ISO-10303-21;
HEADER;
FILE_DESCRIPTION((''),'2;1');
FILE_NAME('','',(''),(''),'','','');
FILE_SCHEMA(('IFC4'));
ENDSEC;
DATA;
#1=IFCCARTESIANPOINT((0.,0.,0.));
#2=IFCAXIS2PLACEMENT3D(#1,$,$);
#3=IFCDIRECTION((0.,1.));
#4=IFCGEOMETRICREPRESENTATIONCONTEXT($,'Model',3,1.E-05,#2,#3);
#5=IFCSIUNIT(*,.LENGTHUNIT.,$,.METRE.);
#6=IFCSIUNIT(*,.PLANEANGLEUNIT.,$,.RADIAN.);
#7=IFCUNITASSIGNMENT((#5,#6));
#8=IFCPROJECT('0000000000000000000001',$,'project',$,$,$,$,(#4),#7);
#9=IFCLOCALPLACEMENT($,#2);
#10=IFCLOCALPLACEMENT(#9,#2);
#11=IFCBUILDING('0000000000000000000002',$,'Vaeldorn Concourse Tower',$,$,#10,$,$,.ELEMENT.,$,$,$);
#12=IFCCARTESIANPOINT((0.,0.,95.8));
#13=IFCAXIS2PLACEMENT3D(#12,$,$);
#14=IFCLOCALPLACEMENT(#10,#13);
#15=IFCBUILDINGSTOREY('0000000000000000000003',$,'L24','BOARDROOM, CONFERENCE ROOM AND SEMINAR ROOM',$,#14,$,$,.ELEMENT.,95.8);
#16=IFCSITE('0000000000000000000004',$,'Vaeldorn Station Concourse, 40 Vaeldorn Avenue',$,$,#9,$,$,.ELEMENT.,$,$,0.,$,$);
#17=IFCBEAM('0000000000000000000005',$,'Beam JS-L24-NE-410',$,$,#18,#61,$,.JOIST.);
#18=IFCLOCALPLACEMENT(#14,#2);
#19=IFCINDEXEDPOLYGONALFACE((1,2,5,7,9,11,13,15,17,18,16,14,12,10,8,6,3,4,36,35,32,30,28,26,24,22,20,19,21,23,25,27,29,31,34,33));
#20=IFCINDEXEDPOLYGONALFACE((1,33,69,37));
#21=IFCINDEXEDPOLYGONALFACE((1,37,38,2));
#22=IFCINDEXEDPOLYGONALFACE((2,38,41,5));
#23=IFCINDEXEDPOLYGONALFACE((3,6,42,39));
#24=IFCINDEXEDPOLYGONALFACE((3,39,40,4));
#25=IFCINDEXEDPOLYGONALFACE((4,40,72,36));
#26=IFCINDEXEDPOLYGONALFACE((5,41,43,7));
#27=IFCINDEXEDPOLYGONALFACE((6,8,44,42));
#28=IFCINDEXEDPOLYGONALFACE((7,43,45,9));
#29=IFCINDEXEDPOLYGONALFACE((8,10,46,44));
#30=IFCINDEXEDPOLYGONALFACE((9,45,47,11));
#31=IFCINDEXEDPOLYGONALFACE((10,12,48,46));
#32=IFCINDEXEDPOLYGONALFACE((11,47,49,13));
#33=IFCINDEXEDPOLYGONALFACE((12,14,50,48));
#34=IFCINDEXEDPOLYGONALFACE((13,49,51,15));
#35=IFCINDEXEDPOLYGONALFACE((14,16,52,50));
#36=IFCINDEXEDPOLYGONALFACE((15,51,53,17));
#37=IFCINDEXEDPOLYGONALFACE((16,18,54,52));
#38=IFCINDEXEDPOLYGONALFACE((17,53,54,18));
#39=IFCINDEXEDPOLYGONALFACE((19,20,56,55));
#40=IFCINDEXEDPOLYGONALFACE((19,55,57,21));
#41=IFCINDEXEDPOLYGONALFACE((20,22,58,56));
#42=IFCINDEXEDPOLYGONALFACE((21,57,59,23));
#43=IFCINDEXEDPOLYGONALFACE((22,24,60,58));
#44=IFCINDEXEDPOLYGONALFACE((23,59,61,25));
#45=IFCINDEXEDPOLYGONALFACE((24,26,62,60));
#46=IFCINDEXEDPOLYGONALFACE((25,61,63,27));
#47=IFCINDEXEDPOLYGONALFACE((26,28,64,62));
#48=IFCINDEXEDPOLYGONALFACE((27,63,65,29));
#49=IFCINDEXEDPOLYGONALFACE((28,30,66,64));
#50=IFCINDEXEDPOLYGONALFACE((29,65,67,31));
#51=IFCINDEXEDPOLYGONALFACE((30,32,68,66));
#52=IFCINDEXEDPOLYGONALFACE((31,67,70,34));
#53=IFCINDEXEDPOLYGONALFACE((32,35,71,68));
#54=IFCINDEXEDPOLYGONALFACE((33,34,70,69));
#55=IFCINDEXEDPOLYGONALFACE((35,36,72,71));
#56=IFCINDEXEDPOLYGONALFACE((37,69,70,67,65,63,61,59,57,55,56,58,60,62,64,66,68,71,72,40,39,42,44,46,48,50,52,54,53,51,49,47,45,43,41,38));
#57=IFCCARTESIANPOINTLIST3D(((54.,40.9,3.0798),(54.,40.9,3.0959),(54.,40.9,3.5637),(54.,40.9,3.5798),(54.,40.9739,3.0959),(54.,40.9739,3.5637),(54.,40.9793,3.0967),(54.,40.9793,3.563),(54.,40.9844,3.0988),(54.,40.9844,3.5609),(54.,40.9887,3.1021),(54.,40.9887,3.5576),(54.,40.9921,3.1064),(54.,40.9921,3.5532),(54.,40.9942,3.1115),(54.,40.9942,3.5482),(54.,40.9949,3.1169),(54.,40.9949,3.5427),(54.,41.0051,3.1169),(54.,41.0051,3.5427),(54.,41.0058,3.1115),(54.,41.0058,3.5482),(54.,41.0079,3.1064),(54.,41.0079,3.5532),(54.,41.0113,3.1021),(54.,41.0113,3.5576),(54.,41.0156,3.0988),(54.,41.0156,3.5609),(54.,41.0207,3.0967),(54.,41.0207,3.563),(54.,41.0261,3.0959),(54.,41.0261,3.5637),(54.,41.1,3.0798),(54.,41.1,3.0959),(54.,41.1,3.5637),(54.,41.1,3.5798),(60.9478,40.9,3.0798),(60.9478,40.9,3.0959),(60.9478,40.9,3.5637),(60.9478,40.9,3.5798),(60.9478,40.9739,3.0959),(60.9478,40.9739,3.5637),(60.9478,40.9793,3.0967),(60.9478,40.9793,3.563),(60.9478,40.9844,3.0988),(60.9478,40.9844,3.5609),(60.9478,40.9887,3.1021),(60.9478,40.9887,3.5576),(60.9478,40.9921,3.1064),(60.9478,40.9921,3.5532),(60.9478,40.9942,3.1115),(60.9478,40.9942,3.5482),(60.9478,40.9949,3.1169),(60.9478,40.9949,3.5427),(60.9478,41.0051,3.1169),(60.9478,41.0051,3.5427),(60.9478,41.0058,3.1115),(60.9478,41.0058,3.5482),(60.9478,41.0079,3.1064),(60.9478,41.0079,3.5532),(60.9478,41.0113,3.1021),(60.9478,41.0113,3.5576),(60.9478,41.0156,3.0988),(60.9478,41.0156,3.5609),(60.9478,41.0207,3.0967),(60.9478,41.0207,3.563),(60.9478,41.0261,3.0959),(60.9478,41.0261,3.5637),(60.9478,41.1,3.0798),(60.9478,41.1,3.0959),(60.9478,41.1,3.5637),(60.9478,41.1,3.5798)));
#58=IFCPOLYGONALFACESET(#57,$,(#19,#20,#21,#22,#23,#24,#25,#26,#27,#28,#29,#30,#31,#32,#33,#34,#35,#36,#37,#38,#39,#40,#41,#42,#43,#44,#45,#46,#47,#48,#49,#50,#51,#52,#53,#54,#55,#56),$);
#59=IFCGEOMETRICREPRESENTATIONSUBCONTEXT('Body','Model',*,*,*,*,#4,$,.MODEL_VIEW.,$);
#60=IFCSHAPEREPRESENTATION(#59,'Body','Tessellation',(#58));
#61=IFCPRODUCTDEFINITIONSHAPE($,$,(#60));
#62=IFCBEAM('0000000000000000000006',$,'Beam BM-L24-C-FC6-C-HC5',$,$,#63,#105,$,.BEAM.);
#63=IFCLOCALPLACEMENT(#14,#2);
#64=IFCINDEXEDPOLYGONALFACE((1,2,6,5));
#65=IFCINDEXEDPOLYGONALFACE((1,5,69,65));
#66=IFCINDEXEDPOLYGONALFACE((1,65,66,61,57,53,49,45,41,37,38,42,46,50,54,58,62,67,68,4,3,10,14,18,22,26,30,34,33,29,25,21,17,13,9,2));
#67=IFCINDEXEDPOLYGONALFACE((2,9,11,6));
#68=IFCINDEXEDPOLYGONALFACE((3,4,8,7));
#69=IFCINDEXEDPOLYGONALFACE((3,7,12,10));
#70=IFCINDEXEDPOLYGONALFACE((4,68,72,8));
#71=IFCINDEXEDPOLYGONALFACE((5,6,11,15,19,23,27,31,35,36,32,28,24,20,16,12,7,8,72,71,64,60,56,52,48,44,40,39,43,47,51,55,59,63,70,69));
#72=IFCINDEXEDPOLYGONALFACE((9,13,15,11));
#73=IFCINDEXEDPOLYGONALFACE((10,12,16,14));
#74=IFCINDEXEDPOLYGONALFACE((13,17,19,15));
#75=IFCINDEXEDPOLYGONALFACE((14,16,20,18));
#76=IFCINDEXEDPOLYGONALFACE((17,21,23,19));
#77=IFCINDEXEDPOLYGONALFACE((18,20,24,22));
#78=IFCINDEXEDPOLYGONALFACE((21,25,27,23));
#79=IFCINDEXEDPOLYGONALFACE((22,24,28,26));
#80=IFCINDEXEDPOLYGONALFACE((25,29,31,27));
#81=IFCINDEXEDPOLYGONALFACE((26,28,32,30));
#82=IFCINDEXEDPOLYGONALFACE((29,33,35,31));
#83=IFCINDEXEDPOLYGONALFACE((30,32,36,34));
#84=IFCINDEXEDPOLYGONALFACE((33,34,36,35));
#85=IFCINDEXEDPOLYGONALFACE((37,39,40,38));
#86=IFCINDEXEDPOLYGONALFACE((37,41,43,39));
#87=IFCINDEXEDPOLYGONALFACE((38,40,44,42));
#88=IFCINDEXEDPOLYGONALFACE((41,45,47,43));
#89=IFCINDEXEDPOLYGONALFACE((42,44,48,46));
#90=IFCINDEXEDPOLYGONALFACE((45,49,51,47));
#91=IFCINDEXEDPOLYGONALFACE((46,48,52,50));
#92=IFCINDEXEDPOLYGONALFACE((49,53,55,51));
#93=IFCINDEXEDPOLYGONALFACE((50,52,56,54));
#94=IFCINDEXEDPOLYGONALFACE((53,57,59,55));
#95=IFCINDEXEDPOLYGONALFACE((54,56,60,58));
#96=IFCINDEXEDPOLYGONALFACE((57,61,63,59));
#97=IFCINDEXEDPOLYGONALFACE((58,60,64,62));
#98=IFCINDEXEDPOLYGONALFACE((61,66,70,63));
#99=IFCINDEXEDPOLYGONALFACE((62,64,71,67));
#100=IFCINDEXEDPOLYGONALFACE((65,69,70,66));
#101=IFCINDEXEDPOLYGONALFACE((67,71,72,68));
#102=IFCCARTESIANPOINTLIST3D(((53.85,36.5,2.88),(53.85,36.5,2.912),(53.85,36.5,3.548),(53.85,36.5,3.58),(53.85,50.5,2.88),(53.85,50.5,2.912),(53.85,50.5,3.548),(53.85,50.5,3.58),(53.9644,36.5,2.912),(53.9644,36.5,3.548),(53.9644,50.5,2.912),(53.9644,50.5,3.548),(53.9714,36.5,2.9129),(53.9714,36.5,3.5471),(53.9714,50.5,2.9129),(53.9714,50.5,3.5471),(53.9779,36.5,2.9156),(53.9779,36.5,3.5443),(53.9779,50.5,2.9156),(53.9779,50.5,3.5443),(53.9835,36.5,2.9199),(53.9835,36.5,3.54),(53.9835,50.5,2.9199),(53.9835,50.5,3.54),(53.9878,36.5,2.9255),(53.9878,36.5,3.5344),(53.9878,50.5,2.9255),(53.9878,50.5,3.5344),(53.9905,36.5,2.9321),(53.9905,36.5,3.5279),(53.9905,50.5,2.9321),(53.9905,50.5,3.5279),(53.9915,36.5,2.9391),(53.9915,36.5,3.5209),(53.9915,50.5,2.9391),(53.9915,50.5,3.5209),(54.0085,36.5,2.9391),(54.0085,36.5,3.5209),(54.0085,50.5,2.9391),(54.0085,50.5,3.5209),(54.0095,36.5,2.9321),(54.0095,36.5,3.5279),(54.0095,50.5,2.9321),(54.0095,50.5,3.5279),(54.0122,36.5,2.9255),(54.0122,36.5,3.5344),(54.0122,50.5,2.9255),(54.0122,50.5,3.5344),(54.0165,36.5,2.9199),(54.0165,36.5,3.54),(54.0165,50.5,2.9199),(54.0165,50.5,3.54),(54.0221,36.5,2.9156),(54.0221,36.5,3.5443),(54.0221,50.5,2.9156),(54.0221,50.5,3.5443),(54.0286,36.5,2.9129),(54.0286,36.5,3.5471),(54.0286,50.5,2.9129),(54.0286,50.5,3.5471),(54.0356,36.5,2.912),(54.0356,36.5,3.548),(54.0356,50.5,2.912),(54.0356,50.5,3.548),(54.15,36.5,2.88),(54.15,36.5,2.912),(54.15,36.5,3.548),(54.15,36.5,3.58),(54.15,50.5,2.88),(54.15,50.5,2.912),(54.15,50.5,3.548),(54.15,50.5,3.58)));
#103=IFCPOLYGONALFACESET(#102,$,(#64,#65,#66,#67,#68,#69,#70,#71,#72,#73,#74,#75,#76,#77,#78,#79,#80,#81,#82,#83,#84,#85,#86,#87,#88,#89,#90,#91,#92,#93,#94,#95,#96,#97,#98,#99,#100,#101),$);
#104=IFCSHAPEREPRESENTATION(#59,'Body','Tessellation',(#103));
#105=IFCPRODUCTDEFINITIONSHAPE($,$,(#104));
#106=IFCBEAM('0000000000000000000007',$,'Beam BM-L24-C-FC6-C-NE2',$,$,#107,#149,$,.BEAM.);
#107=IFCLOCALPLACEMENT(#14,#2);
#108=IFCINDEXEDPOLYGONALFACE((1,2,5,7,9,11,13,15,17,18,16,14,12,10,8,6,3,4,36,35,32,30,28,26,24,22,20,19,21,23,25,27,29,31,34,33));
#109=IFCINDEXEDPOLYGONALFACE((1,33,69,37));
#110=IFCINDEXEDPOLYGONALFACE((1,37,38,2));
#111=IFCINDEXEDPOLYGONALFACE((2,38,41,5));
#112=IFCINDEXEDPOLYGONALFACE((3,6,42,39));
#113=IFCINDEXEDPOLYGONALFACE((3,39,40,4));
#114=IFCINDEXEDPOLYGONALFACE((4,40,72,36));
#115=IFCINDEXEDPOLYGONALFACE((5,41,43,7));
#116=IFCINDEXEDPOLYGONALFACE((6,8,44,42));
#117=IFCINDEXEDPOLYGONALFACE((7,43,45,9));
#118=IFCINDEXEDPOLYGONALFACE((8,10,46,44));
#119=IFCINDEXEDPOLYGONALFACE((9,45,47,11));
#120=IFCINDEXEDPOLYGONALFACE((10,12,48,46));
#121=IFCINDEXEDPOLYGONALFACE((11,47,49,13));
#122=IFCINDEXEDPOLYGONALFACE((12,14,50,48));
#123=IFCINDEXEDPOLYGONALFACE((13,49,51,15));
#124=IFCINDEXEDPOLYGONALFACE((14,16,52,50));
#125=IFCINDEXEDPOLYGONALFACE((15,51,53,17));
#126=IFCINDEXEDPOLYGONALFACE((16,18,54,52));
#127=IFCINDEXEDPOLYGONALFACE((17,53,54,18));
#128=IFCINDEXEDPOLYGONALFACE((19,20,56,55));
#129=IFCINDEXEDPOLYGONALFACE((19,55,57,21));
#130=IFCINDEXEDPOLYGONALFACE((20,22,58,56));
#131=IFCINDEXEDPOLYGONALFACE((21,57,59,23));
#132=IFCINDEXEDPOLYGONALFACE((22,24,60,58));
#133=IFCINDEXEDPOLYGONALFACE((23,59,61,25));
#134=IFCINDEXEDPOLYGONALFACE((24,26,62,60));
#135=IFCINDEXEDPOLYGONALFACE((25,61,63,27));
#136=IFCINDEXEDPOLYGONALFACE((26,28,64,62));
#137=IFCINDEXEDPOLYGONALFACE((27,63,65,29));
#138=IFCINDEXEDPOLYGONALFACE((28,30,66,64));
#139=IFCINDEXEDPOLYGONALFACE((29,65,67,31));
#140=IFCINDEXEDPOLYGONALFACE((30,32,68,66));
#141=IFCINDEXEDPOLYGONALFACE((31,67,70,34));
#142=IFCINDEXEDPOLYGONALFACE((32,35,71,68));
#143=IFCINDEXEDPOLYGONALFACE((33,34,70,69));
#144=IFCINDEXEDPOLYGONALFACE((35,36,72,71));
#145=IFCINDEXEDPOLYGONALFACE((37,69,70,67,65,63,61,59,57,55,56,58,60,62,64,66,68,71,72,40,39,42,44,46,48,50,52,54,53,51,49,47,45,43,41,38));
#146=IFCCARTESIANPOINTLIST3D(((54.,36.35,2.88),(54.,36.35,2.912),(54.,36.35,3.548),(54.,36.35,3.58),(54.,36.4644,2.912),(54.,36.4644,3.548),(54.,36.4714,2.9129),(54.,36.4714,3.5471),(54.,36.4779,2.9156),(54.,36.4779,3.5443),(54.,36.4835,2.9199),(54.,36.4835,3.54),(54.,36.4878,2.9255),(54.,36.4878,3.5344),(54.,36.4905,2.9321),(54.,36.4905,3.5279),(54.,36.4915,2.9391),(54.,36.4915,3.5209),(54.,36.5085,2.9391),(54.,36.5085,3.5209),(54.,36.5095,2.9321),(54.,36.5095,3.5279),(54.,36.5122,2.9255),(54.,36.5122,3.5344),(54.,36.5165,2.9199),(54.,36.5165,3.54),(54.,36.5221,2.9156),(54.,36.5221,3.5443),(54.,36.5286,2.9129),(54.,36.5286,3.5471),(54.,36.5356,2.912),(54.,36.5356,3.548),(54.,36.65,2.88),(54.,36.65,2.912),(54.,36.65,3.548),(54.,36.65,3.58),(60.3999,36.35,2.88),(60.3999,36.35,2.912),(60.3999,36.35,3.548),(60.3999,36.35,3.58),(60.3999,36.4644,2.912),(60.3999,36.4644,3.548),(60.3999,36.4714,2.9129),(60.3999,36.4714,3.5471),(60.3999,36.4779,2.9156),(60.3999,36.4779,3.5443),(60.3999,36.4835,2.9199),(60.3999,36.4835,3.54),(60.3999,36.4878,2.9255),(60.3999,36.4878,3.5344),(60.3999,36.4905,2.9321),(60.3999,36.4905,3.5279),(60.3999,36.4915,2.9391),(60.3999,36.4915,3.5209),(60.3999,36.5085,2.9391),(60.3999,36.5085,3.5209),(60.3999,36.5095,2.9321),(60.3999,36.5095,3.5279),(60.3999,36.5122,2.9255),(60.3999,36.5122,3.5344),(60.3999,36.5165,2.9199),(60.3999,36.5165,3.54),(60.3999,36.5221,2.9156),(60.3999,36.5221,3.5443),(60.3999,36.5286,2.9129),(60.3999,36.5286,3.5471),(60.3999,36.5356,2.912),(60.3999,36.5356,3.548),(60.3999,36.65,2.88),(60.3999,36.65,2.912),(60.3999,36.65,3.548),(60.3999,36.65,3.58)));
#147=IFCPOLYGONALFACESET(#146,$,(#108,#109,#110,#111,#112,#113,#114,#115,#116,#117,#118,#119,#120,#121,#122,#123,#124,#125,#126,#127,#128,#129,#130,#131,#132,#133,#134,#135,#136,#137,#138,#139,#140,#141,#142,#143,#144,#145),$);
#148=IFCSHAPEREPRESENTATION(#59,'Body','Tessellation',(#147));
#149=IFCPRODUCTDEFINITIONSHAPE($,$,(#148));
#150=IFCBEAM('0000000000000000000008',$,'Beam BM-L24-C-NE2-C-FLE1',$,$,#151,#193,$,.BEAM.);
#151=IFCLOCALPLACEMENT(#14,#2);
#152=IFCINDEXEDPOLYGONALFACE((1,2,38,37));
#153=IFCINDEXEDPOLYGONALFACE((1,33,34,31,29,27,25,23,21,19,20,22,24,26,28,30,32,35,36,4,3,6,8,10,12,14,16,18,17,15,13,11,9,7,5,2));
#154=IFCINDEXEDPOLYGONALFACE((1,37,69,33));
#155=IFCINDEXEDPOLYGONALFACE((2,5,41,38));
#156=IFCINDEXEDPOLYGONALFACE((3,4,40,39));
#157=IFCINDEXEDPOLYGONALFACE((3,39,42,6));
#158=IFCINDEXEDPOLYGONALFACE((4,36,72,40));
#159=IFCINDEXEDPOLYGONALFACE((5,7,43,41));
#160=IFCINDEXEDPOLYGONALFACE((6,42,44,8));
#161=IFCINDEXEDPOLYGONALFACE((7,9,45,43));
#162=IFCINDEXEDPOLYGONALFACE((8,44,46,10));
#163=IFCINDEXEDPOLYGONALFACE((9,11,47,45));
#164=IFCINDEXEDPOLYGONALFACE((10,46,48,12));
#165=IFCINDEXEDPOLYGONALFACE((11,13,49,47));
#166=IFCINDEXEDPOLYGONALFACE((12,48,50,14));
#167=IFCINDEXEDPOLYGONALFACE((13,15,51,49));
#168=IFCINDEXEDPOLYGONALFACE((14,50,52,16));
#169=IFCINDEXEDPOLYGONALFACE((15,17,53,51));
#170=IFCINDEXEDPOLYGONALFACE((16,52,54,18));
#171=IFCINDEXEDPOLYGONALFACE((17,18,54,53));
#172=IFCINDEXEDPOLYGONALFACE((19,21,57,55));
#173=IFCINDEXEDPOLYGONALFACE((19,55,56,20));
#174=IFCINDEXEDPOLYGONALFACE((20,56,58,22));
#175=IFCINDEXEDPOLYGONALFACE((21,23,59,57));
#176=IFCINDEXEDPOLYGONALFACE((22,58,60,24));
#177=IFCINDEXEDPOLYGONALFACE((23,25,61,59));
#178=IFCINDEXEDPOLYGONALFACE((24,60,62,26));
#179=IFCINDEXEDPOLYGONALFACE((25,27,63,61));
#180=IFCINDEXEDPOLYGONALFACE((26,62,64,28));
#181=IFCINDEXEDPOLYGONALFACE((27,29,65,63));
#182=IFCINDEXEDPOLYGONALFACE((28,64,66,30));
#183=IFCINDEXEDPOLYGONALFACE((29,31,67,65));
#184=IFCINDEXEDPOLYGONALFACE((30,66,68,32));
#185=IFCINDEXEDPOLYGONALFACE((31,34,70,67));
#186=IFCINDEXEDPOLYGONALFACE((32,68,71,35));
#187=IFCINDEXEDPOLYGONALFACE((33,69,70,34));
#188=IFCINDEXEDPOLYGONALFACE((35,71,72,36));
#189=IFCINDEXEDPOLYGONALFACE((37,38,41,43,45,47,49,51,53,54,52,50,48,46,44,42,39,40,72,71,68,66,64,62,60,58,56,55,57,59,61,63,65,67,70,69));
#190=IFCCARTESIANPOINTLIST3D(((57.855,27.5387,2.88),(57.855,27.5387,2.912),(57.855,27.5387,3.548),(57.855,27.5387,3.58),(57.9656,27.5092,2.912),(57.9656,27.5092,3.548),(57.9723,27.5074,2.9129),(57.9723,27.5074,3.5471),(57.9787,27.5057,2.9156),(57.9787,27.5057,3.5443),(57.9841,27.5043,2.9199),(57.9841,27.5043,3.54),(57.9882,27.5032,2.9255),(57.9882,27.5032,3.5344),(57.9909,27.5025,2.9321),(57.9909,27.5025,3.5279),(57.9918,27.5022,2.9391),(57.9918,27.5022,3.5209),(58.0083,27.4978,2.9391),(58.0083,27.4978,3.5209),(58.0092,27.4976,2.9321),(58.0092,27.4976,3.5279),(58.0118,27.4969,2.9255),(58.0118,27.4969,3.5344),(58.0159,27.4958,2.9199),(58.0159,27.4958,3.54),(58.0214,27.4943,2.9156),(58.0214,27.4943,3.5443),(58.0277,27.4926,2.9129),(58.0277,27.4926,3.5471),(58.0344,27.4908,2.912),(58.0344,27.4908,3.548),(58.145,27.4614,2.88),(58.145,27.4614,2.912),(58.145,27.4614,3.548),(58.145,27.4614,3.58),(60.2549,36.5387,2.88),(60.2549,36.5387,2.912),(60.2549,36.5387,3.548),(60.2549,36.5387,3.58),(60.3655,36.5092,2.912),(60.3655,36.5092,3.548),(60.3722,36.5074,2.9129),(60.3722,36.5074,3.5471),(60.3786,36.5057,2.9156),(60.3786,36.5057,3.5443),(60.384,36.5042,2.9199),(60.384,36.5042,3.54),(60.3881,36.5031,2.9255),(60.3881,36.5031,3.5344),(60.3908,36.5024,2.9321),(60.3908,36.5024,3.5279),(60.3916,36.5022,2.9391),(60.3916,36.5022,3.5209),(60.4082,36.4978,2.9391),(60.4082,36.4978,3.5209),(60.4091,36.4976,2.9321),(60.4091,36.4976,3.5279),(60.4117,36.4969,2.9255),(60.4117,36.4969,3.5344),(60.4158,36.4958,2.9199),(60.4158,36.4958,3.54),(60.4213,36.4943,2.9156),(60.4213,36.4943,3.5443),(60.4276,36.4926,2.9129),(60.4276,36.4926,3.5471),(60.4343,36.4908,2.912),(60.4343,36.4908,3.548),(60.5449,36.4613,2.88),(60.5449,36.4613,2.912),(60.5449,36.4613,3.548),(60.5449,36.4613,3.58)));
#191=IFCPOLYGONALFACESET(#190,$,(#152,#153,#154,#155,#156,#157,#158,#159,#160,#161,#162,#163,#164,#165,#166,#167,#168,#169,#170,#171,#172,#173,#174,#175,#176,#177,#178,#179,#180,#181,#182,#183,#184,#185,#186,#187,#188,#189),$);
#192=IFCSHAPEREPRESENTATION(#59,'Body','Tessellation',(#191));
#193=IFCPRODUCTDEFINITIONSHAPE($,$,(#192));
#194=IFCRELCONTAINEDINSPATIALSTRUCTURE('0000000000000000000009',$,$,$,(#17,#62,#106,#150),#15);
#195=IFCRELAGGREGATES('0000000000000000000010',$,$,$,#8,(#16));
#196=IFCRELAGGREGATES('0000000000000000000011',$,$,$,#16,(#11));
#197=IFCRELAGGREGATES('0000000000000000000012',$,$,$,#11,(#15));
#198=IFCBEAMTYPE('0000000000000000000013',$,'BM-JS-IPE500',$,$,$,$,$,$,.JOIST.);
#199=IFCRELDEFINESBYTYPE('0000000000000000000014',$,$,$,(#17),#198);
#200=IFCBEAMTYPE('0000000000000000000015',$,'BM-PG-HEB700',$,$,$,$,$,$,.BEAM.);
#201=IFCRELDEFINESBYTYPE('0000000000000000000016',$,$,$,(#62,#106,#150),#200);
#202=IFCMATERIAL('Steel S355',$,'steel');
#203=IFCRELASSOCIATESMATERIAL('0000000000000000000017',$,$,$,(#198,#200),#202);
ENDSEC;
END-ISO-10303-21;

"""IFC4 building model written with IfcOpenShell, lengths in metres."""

from ifc_helpers import new_model, si_unit, direction, frame, origin, origin_2d, place, context, subcontext, project, spatial, i_section, extrude, source, transform, mapped, material, material_profile, profile_set, type_object, element, save


model = new_model("IFC4")

# Units and contexts
model_context = context("Model", 3, precision=1e-05, world=origin(), true_north=direction((0.0, 1.0)))
body_context = subcontext(model_context, "Body", "Model", "MODEL_VIEW")
ifc_project = project(units=[si_unit("LENGTHUNIT", "METRE"), si_unit("PLANEANGLEUNIT", "RADIAN")], contexts=[model_context])

# Site, building, storey
site_placement = place(None, origin())
site = spatial("IfcSite", under=ifc_project, at=site_placement, Name="Vaeldorn Station Concourse, 40 Vaeldorn Avenue", CompositionType="ELEMENT", RefElevation=0.0)
building_placement = place(site_placement, origin())
building = spatial("IfcBuilding", under=site, at=building_placement, Name="Vaeldorn Concourse Tower", CompositionType="ELEMENT")
storey_placement = place(building_placement, frame((0.0, 0.0, 95.8)))
storey = spatial("IfcBuildingStorey", under=building, at=storey_placement, Name="L24", Description="BOARDROOM, CONFERENCE ROOM AND SEMINAR ROOM", CompositionType="ELEMENT", Elevation=95.8)

# Beams
ifc_material_1 = material(Name="Steel S355", Category="steel")
ifc_material_profile_1 = material_profile(ifc_material_1, i_section(OverallWidth=0.2, OverallDepth=0.5, WebThickness=0.0103, FlangeThickness=0.0161, FilletRadius=0.021, at=origin_2d()), Name="IPE 500")
ifc_profile_set_1 = profile_set([ifc_material_profile_1], Name="Steel S355")
beam_type_1 = type_object("IfcBeamType", Name="BM-JS-IPE500", PredefinedType="JOIST", material=ifc_profile_set_1)
shared_shape_1 = source(origin(), body_context, "Body", "SweptSolid", [
    extrude(i_section(OverallWidth=0.2, OverallDepth=0.5, WebThickness=0.0103, FlangeThickness=0.0161, FilletRadius=0.021, at=origin_2d()), origin(), (0.0, 0.0, 1.0), 6.9478),
])
beam_1_placement = place(storey_placement, frame((54.0, 41.0, 3.3298), z_axis=(1.0, 0.0, 0.0), x_axis=(0.0, 1.0, 0.0)))
element("IfcBeam", 1, at=beam_1_placement, inside=storey, type_object=beam_type_1, Name="Beam JS-L24-NE-410", PredefinedType="JOIST", context=body_context, shape_type="MappedRepresentation", body=[
    mapped(shared_shape_1, transform((0.0, 0.0, 0.0), scale=1.0)),
])
ifc_material_profile_2 = material_profile(ifc_material_1, i_section(OverallWidth=0.3, OverallDepth=0.7, WebThickness=0.0171, FlangeThickness=0.032, FilletRadius=0.0271, at=origin_2d()), Name="HEB 700")
ifc_profile_set_2 = profile_set([ifc_material_profile_2], Name="Steel S355")
beam_type_2 = type_object("IfcBeamType", Name="BM-PG-HEB700", PredefinedType="BEAM", material=ifc_profile_set_2)
shared_shape_2 = source(origin(), body_context, "Body", "SweptSolid", [
    extrude(i_section(OverallWidth=0.3, OverallDepth=0.7, WebThickness=0.0171, FlangeThickness=0.032, FilletRadius=0.0271, at=origin_2d()), origin(), (0.0, 0.0, 1.0), 14.0),
])
beam_2_placement = place(storey_placement, frame((54.0, 36.5, 3.23), z_axis=(0.0, 1.0, 0.0), x_axis=(-1.0, 0.0, 0.0)))
element("IfcBeam", 2, at=beam_2_placement, inside=storey, type_object=beam_type_2, Name="Beam BM-L24-C-FC6-C-HC5", PredefinedType="BEAM", context=body_context, shape_type="MappedRepresentation", body=[
    mapped(shared_shape_2, transform((0.0, 0.0, 0.0), scale=1.0)),
])
shared_shape_3 = source(origin(), body_context, "Body", "SweptSolid", [
    extrude(i_section(OverallWidth=0.3, OverallDepth=0.7, WebThickness=0.0171, FlangeThickness=0.032, FilletRadius=0.0271, at=origin_2d()), origin(), (0.0, 0.0, 1.0), 6.3999),
])
beam_3_placement = place(storey_placement, frame((54.0, 36.5, 3.23), z_axis=(1.0, 0.0, 0.0), x_axis=(0.0, 1.0, 0.0)))
element("IfcBeam", 3, at=beam_3_placement, inside=storey, type_object=beam_type_2, Name="Beam BM-L24-C-FC6-C-NE2", PredefinedType="BEAM", context=body_context, shape_type="MappedRepresentation", body=[
    mapped(shared_shape_3, transform((0.0, 0.0, 0.0), scale=1.0)),
])
shared_shape_4 = source(origin(), body_context, "Body", "SweptSolid", [
    extrude(i_section(OverallWidth=0.3, OverallDepth=0.7, WebThickness=0.0171, FlangeThickness=0.032, FilletRadius=0.0271, at=origin_2d()), origin(), (0.0, 0.0, 1.0), 9.3145),
])
beam_4_placement = place(storey_placement, frame((60.3999, 36.5, 3.23), z_axis=(-0.257653, -0.966238, 0.0), x_axis=(0.966238, -0.257653, 0.0)))
element("IfcBeam", 4, at=beam_4_placement, inside=storey, type_object=beam_type_2, Name="Beam BM-L24-C-NE2-C-FLE1", PredefinedType="BEAM", context=body_context, shape_type="MappedRepresentation", body=[
    mapped(shared_shape_4, transform((0.0, 0.0, 0.0), scale=1.0)),
])

save(model, "model.ifc")
